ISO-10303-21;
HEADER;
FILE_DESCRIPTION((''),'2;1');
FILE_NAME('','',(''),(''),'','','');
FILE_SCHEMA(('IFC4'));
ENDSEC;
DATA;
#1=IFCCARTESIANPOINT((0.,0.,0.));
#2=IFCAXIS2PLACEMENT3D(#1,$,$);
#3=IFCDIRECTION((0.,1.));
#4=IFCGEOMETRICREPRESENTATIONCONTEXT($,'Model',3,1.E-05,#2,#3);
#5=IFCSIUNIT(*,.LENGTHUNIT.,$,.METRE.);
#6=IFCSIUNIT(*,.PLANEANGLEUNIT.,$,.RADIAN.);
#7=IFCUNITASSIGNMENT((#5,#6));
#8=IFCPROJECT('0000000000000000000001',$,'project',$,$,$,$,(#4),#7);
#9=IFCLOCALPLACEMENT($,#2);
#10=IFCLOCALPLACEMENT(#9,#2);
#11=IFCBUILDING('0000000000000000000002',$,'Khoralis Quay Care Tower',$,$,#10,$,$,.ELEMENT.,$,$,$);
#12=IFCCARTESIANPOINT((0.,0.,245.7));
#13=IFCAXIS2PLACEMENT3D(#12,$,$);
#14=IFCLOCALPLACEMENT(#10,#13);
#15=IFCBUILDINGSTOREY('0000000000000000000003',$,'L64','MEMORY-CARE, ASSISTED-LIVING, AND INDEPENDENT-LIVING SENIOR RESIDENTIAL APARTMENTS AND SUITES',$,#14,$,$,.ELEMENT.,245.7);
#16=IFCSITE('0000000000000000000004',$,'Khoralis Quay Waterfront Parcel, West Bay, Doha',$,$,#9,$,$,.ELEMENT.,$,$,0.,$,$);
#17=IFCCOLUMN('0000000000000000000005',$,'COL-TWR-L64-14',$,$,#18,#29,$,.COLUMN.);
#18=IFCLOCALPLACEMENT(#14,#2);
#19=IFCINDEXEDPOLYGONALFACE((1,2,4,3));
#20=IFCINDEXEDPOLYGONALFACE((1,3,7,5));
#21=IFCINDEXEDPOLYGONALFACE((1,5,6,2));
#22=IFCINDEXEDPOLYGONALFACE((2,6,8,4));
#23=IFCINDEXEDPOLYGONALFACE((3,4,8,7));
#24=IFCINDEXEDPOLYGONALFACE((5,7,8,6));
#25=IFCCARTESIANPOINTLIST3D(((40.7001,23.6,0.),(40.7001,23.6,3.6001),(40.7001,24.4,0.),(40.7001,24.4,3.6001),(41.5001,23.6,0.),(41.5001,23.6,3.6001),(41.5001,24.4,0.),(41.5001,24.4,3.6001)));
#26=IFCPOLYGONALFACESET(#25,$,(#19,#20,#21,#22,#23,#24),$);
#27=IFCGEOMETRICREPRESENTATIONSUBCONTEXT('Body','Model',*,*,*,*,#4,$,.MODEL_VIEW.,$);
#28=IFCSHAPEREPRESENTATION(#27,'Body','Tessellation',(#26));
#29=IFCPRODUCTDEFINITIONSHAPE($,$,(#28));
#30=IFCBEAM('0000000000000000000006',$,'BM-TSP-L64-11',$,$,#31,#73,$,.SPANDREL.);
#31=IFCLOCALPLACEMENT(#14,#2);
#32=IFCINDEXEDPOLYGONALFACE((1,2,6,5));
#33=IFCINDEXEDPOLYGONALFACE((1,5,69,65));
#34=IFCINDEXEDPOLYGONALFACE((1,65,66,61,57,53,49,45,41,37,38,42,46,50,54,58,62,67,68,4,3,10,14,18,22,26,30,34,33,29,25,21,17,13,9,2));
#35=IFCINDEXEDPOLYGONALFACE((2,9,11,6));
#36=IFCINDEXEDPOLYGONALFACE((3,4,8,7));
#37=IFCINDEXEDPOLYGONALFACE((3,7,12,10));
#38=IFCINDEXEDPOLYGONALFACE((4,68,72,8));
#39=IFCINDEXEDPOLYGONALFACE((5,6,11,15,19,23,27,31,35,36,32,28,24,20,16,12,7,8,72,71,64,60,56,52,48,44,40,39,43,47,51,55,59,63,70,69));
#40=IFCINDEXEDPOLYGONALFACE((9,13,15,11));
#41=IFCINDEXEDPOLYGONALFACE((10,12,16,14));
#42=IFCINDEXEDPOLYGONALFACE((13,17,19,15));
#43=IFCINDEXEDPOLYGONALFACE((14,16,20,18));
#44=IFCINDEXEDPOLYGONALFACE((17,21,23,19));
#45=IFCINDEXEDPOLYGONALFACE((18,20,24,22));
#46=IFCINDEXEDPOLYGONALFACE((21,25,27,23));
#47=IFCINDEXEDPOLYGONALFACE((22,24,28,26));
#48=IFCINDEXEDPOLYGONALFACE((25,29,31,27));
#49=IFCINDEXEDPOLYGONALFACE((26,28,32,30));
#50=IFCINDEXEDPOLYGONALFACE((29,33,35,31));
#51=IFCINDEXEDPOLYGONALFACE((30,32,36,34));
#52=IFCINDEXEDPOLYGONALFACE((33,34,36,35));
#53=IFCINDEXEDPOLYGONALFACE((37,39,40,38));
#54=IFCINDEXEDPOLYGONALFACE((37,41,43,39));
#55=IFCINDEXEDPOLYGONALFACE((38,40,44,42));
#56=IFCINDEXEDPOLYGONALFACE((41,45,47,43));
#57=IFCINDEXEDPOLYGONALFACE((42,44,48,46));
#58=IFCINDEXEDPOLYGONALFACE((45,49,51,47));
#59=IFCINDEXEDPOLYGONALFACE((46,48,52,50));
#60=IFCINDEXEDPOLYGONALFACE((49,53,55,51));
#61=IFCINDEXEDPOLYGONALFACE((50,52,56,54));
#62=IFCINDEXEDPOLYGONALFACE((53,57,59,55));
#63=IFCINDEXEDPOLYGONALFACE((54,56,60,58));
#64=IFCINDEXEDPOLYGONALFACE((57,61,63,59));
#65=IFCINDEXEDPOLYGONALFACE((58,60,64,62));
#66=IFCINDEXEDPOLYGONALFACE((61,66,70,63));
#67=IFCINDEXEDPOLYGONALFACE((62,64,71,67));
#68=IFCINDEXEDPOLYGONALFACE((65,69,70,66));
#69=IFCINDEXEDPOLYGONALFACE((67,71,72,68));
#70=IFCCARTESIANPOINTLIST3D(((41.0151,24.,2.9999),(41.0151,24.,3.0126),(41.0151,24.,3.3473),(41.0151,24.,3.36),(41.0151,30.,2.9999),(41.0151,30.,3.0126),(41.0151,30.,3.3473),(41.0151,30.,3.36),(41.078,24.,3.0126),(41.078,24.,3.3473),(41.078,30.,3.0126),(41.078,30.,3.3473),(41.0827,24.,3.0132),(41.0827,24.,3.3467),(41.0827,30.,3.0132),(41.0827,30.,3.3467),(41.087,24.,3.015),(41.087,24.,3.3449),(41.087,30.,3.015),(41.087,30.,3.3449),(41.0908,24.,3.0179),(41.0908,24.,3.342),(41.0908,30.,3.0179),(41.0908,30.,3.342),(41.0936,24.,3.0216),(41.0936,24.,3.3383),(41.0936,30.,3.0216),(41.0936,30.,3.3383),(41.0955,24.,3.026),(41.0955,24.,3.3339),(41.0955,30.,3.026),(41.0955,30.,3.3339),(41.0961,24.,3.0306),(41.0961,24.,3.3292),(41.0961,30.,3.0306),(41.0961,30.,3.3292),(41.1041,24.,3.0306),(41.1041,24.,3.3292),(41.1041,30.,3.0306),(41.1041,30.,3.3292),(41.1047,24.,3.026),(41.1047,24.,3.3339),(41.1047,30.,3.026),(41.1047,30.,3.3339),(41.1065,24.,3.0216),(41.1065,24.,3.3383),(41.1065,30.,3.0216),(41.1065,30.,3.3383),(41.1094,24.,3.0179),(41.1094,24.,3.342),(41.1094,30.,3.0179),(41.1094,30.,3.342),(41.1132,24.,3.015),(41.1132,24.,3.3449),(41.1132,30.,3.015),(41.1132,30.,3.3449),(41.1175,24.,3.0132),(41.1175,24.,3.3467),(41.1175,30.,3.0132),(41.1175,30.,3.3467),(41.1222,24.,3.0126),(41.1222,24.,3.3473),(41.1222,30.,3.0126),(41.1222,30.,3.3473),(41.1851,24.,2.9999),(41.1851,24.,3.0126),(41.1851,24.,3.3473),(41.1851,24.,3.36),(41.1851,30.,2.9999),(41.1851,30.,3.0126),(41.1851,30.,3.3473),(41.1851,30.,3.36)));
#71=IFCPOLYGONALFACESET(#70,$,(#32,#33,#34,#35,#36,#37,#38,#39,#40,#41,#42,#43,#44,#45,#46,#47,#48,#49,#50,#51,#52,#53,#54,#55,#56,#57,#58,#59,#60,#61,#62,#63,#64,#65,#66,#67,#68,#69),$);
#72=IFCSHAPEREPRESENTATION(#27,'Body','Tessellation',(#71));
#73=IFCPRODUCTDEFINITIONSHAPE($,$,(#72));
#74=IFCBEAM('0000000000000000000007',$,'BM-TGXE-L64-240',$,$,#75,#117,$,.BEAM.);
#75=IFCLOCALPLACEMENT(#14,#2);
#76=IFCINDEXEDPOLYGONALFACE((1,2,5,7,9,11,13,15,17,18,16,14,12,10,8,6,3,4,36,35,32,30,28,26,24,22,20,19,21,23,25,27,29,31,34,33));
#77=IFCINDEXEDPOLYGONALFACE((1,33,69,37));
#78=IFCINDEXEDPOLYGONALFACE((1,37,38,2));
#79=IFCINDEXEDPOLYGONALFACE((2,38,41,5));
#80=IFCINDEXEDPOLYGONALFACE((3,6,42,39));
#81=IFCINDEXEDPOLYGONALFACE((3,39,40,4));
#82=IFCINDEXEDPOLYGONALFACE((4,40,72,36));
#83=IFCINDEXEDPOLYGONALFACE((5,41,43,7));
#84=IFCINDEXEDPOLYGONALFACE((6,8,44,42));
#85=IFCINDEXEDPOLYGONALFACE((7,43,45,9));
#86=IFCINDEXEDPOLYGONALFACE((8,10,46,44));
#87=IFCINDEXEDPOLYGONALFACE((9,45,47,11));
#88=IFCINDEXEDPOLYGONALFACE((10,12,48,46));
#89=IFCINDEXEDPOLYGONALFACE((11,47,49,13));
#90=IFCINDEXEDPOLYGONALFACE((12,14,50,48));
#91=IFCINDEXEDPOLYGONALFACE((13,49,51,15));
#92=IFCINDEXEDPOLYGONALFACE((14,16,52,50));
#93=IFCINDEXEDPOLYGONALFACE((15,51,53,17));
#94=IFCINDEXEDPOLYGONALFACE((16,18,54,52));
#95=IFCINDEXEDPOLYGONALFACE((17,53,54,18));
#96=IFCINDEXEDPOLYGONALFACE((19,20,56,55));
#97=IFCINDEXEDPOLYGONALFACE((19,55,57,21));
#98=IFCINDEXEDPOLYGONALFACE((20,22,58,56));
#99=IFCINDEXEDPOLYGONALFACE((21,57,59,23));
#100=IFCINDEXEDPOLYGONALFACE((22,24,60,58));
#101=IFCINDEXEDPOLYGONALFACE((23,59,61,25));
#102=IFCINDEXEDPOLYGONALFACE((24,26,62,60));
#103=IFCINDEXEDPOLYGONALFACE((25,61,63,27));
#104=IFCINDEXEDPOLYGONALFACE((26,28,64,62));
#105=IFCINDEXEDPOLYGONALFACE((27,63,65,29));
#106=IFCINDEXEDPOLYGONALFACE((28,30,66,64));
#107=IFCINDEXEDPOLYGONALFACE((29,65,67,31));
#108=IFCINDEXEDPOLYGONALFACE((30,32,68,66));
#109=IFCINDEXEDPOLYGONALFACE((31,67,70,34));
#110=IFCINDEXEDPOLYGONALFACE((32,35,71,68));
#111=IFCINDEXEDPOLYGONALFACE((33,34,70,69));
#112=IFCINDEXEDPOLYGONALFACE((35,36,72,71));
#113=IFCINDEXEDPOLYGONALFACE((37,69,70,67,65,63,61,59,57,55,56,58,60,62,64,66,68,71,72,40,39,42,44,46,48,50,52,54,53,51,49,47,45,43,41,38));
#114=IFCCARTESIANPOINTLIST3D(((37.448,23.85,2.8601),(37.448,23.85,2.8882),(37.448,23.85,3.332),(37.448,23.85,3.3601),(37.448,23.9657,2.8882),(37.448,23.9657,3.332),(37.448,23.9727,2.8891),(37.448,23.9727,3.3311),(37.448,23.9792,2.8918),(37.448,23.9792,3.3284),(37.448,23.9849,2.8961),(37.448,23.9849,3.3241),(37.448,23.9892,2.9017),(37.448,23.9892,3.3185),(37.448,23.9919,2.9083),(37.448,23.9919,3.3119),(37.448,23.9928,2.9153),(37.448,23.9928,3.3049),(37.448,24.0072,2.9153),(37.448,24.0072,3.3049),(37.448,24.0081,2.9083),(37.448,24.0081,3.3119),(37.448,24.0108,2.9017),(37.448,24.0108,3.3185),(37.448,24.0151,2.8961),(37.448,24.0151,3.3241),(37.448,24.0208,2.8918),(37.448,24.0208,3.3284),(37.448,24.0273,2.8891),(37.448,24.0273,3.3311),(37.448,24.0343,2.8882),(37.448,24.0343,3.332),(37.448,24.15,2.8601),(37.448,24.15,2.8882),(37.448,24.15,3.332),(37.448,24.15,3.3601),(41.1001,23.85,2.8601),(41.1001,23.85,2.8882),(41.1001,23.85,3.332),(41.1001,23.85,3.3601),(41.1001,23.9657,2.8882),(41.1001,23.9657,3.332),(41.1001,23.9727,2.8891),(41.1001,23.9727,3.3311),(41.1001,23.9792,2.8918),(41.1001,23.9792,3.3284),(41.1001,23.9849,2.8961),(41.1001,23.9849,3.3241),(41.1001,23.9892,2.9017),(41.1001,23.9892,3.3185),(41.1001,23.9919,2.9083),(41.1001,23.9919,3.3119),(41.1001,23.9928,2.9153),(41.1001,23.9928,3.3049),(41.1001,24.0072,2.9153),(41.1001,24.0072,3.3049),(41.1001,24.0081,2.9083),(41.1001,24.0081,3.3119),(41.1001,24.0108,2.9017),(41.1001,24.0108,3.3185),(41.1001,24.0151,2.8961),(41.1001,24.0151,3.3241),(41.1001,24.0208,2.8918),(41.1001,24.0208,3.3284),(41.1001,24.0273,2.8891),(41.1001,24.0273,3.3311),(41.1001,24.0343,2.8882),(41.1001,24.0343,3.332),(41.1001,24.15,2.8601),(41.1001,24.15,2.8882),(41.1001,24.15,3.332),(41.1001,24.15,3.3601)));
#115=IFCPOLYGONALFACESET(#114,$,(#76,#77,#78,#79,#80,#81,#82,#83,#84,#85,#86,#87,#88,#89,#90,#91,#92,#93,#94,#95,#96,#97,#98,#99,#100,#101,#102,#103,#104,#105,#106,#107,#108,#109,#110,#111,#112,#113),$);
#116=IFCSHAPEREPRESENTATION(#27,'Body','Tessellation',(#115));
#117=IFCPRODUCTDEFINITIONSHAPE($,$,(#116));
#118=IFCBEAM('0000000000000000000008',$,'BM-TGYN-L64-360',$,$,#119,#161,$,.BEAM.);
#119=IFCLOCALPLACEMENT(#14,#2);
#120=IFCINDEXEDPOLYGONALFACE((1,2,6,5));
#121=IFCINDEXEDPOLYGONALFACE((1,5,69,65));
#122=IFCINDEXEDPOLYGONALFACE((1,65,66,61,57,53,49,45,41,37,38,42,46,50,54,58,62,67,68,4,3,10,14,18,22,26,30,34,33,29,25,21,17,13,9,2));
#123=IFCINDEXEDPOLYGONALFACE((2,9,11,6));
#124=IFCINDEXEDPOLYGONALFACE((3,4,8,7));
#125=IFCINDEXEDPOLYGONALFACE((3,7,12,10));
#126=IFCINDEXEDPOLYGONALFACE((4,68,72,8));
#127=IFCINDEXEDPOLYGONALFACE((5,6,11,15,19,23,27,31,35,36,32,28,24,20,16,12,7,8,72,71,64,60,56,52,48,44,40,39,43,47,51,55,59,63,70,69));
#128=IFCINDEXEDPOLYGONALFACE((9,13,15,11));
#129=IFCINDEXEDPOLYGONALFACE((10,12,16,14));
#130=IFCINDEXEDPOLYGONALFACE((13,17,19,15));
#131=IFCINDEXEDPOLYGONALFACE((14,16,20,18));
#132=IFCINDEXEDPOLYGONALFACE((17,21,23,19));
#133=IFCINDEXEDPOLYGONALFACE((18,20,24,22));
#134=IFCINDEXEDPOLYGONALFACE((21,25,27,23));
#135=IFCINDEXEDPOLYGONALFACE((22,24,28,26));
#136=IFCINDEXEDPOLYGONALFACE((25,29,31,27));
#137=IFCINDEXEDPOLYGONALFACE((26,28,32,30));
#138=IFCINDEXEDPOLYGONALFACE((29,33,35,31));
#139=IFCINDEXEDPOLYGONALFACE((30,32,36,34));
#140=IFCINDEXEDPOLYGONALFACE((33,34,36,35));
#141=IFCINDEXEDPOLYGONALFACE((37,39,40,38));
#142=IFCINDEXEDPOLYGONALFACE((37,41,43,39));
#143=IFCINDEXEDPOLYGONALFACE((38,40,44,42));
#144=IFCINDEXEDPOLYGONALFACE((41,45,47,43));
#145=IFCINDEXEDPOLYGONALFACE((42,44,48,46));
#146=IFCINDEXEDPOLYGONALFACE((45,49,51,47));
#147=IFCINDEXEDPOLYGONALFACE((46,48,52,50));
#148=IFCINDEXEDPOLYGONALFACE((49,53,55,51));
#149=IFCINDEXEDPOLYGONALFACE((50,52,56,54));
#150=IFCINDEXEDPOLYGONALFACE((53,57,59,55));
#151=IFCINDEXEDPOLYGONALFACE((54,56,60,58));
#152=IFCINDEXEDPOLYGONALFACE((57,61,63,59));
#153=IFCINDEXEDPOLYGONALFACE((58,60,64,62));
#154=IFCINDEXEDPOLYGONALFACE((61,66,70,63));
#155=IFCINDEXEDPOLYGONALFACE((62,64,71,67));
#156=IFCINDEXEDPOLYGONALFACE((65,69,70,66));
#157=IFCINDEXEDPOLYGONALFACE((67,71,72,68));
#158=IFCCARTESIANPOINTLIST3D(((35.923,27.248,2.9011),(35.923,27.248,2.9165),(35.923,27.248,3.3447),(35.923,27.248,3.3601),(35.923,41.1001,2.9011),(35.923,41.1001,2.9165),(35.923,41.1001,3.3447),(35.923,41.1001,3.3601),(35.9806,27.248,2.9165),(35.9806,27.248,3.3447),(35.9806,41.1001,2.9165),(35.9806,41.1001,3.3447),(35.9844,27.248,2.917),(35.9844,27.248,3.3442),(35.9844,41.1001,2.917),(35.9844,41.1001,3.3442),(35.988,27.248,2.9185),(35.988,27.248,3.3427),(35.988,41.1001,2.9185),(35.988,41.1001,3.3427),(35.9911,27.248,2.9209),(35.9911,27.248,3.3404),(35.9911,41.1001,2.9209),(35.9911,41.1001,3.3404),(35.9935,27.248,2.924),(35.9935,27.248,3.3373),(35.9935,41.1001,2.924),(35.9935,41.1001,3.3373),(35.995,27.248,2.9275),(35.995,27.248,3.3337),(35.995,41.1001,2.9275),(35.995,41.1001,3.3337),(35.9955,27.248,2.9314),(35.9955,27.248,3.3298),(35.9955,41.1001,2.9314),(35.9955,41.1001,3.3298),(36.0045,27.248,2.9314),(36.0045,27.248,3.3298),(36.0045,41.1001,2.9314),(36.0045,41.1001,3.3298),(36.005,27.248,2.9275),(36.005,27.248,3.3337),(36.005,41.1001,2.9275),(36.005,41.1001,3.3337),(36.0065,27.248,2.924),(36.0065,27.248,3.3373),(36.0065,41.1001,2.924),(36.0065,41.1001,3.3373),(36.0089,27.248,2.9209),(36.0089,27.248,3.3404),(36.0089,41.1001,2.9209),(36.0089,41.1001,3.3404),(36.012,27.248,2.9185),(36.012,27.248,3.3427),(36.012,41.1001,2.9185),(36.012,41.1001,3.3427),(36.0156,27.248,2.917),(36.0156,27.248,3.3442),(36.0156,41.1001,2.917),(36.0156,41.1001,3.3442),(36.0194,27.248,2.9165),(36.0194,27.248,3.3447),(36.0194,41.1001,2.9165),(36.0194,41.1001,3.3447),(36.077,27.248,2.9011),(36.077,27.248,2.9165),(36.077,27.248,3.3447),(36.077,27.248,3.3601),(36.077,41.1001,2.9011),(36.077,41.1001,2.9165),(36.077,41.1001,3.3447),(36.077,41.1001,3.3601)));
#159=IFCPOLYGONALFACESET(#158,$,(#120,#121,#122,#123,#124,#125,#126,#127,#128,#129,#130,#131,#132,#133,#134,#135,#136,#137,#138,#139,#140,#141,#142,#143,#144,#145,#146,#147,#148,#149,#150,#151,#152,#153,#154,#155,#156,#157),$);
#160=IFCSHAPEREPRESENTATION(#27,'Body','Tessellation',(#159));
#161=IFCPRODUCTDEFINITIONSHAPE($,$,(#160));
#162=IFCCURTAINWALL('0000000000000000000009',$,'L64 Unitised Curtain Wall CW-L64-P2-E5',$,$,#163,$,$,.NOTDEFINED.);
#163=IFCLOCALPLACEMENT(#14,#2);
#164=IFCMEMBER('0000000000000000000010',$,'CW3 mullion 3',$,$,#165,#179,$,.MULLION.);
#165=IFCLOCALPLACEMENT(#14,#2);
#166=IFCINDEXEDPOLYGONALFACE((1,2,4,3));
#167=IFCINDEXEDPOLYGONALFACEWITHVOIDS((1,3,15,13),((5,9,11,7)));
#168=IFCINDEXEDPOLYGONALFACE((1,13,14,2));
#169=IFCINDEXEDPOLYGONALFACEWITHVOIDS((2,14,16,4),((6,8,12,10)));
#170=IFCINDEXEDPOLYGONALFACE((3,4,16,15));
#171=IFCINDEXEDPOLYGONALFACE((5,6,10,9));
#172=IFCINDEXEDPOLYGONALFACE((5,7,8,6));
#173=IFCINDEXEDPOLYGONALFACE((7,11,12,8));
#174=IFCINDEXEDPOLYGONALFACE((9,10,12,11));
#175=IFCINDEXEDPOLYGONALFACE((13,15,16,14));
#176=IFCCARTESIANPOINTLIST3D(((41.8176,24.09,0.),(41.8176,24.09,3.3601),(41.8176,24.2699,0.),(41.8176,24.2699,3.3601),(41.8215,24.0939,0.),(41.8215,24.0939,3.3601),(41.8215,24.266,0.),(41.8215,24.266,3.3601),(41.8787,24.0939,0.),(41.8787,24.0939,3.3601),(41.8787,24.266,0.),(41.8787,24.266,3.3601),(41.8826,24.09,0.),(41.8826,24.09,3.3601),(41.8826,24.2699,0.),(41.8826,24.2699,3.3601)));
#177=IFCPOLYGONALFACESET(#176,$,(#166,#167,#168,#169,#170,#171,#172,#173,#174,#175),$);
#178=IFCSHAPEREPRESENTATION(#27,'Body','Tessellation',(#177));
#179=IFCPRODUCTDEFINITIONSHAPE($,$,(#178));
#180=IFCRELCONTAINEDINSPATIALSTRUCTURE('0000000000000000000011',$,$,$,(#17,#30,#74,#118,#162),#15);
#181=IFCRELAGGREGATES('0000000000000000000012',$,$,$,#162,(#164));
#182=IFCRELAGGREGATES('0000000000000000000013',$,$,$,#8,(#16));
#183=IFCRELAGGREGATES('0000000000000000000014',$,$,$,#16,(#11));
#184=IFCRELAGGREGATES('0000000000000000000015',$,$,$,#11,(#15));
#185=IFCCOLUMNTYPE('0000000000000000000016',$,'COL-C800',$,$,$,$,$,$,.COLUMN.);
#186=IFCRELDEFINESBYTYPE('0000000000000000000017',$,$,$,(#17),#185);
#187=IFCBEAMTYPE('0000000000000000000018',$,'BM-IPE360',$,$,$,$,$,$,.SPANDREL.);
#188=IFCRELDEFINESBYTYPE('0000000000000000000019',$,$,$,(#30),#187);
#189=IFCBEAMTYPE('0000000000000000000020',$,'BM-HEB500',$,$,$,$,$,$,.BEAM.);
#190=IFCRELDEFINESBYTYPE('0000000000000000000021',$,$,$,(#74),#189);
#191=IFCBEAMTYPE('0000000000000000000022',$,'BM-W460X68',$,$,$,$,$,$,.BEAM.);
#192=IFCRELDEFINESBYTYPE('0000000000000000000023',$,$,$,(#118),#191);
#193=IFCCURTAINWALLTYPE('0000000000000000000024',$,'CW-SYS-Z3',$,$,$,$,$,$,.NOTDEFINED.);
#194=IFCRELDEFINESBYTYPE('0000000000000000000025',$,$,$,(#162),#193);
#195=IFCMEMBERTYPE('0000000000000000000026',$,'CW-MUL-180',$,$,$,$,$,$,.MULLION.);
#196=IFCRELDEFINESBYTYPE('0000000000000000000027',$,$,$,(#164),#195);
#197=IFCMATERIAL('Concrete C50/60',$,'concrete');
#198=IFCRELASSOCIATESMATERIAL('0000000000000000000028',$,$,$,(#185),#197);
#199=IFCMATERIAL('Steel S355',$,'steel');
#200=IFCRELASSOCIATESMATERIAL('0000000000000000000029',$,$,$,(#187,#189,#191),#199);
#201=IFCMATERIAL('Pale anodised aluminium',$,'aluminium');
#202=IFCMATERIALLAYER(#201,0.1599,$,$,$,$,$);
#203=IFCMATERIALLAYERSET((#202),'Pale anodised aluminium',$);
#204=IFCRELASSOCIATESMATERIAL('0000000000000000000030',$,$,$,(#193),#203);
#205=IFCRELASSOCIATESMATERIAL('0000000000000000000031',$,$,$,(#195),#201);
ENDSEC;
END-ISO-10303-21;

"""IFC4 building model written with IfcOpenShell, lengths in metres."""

from ifc_helpers import new_model, si_unit, direction, frame, origin, origin_2d, place, context, subcontext, project, spatial, rectangle, hollow_rectangle, i_section, extrude, source, transform, mapped, material, layer, layer_set, material_profile, profile_set, type_object, element, aggregate, save


model = new_model("IFC4")

# Units and contexts
model_context = context("Model", 3, precision=1e-05, world=origin(), true_north=direction((0.0, 1.0)))
body_context = subcontext(model_context, "Body", "Model", "MODEL_VIEW")
ifc_project = project(units=[si_unit("LENGTHUNIT", "METRE"), si_unit("PLANEANGLEUNIT", "RADIAN")], contexts=[model_context])

# Site, building, storey
site_placement = place(None, origin())
site = spatial("IfcSite", under=ifc_project, at=site_placement, Name="Khoralis Quay Waterfront Parcel, West Bay, Doha", CompositionType="ELEMENT", RefElevation=0.0)
building_placement = place(site_placement, origin())
building = spatial("IfcBuilding", under=site, at=building_placement, Name="Khoralis Quay Care Tower", CompositionType="ELEMENT")
storey_placement = place(building_placement, frame((0.0, 0.0, 245.7)))
storey = spatial("IfcBuildingStorey", under=building, at=storey_placement, Name="L64", Description="MEMORY-CARE, ASSISTED-LIVING, AND INDEPENDENT-LIVING SENIOR RESIDENTIAL APARTMENTS AND SUITES", CompositionType="ELEMENT", Elevation=245.7)

# Column
ifc_material_1 = material(Name="Concrete C50/60", Category="concrete")
ifc_material_profile_1 = material_profile(ifc_material_1, rectangle(XDim=0.8, YDim=0.8, at=origin_2d()), Name="Concrete C50/60")
ifc_profile_set_1 = profile_set([ifc_material_profile_1], Name="Concrete C50/60")
column_type = type_object("IfcColumnType", Name="COL-C800", PredefinedType="COLUMN", material=ifc_profile_set_1)
shared_shape_1 = source(origin(), body_context, "Body", "SweptSolid", [
    extrude(rectangle(XDim=0.8, YDim=0.8, at=origin_2d()), origin(), (0.0, 0.0, 1.0), 3.6001),
])
column_placement = place(storey_placement, frame((41.1001, 24.0, 0.0), z_axis=(0.0, 0.0, 1.0), x_axis=(1.0, 0.0, 0.0)))
element("IfcColumn", 1, at=column_placement, inside=storey, type_object=column_type, Name="COL-TWR-L64-14", PredefinedType="COLUMN", context=body_context, shape_type="MappedRepresentation", body=[
    mapped(shared_shape_1, transform((0.0, 0.0, 0.0), scale=1.0)),
])

# Beams
ifc_material_2 = material(Name="Steel S355", Category="steel")
ifc_material_profile_2 = material_profile(ifc_material_2, i_section(OverallWidth=0.1699, OverallDepth=0.3601, WebThickness=0.0081, FlangeThickness=0.0127, FilletRadius=0.0181, at=origin_2d()), Name="Steel S355")
ifc_profile_set_2 = profile_set([ifc_material_profile_2], Name="Steel S355")
beam_type_1 = type_object("IfcBeamType", Name="BM-IPE360", PredefinedType="SPANDREL", material=ifc_profile_set_2)
shared_shape_2 = source(origin(), body_context, "Body", "SweptSolid", [
    extrude(i_section(OverallWidth=0.1699, OverallDepth=0.3601, WebThickness=0.0081, FlangeThickness=0.0127, FilletRadius=0.0181, at=origin_2d()), origin(), (0.0, 0.0, 1.0), 6.0),
])
beam_1_placement = place(storey_placement, frame((41.1001, 24.0, 3.1799), z_axis=(0.0, 1.0, 0.0), x_axis=(-1.0, 0.0, 0.0)))
element("IfcBeam", 2, at=beam_1_placement, inside=storey, type_object=beam_type_1, Name="BM-TSP-L64-11", PredefinedType="SPANDREL", context=body_context, shape_type="MappedRepresentation", body=[
    mapped(shared_shape_2, transform((0.0, 0.0, 0.0), scale=1.0)),
])
ifc_material_profile_3 = material_profile(ifc_material_2, i_section(OverallWidth=0.3, OverallDepth=0.5, WebThickness=0.0144, FlangeThickness=0.0281, FilletRadius=0.0271, at=origin_2d()), Name="Steel S355")
ifc_profile_set_3 = profile_set([ifc_material_profile_3], Name="Steel S355")
beam_type_2 = type_object("IfcBeamType", Name="BM-HEB500", PredefinedType="BEAM", material=ifc_profile_set_3)
shared_shape_3 = source(origin(), body_context, "Body", "SweptSolid", [
    extrude(i_section(OverallWidth=0.3, OverallDepth=0.5, WebThickness=0.0144, FlangeThickness=0.0281, FilletRadius=0.0271, at=origin_2d()), origin(), (0.0, 0.0, 1.0), 3.6521),
])
beam_2_placement = place(storey_placement, frame((37.448, 24.0, 3.1101), z_axis=(1.0, 0.0, 0.0), x_axis=(0.0, 1.0, 0.0)))
element("IfcBeam", 3, at=beam_2_placement, inside=storey, type_object=beam_type_2, Name="BM-TGXE-L64-240", PredefinedType="BEAM", context=body_context, shape_type="MappedRepresentation", body=[
    mapped(shared_shape_3, transform((0.0, 0.0, 0.0), scale=1.0)),
])
ifc_material_profile_4 = material_profile(ifc_material_2, i_section(OverallWidth=0.1541, OverallDepth=0.459, WebThickness=0.009, FlangeThickness=0.0154, FilletRadius=0.0149, at=origin_2d()), Name="Steel S355")
ifc_profile_set_4 = profile_set([ifc_material_profile_4], Name="Steel S355")
beam_type_3 = type_object("IfcBeamType", Name="BM-W460X68", PredefinedType="BEAM", material=ifc_profile_set_4)
shared_shape_4 = source(origin(), body_context, "Body", "SweptSolid", [
    extrude(i_section(OverallWidth=0.1541, OverallDepth=0.459, WebThickness=0.009, FlangeThickness=0.0154, FilletRadius=0.0149, at=origin_2d()), origin(), (0.0, 0.0, 1.0), 13.8521),
])
beam_3_placement = place(storey_placement, frame((36.0, 27.248, 3.1306), z_axis=(0.0, 1.0, 0.0), x_axis=(-1.0, 0.0, 0.0)))
element("IfcBeam", 4, at=beam_3_placement, inside=storey, type_object=beam_type_3, Name="BM-TGYN-L64-360", PredefinedType="BEAM", context=body_context, shape_type="MappedRepresentation", body=[
    mapped(shared_shape_4, transform((0.0, 0.0, 0.0), scale=1.0)),
])

# Curtain wall, member
ifc_material_3 = material(Name="Pale anodised aluminium", Category="aluminium")
ifc_layer_1 = layer(ifc_material_3, 0.1599)
ifc_layer_set_1 = layer_set([ifc_layer_1], Name="Pale anodised aluminium")
curtain_wall_type = type_object("IfcCurtainWallType", Name="CW-SYS-Z3", PredefinedType="NOTDEFINED", material=ifc_layer_set_1)
curtain_wall_placement = place(storey_placement, origin())
curtain_wall = element("IfcCurtainWall", 5, at=curtain_wall_placement, inside=storey, type_object=curtain_wall_type, Name="L64 Unitised Curtain Wall CW-L64-P2-E5", PredefinedType="NOTDEFINED")
ifc_material_profile_5 = material_profile(ifc_material_3, hollow_rectangle(XDim=0.0649, YDim=0.1799, WallThickness=0.0039, at=origin_2d()), Name="Pale anodised aluminium")
ifc_profile_set_5 = profile_set([ifc_material_profile_5], Name="Pale anodised aluminium")
member_type_1 = type_object("IfcMemberType", Name="CW-MUL-180", PredefinedType="MULLION", material=ifc_profile_set_5)
shared_shape_5 = source(origin(), body_context, "Body", "SweptSolid", [
    extrude(hollow_rectangle(XDim=0.0649, YDim=0.1799, WallThickness=0.0039, at=origin_2d()), origin(), (0.0, 0.0, 1.0), 3.3601),
])
member_1_placement = place(storey_placement, frame((41.8501, 24.1799, 0.0), z_axis=(0.0, 0.0, 1.0), x_axis=(-1.0, 0.0, 0.0)))
member_1 = element("IfcMember", 6, at=member_1_placement, type_object=member_type_1, Name="CW3 mullion 3", PredefinedType="MULLION", context=body_context, shape_type="MappedRepresentation", body=[
    mapped(shared_shape_5, transform((0.0, 0.0, 0.0), scale=1.0)),
])
aggregate(curtain_wall, [member_1])

save(model, "model.ifc")
